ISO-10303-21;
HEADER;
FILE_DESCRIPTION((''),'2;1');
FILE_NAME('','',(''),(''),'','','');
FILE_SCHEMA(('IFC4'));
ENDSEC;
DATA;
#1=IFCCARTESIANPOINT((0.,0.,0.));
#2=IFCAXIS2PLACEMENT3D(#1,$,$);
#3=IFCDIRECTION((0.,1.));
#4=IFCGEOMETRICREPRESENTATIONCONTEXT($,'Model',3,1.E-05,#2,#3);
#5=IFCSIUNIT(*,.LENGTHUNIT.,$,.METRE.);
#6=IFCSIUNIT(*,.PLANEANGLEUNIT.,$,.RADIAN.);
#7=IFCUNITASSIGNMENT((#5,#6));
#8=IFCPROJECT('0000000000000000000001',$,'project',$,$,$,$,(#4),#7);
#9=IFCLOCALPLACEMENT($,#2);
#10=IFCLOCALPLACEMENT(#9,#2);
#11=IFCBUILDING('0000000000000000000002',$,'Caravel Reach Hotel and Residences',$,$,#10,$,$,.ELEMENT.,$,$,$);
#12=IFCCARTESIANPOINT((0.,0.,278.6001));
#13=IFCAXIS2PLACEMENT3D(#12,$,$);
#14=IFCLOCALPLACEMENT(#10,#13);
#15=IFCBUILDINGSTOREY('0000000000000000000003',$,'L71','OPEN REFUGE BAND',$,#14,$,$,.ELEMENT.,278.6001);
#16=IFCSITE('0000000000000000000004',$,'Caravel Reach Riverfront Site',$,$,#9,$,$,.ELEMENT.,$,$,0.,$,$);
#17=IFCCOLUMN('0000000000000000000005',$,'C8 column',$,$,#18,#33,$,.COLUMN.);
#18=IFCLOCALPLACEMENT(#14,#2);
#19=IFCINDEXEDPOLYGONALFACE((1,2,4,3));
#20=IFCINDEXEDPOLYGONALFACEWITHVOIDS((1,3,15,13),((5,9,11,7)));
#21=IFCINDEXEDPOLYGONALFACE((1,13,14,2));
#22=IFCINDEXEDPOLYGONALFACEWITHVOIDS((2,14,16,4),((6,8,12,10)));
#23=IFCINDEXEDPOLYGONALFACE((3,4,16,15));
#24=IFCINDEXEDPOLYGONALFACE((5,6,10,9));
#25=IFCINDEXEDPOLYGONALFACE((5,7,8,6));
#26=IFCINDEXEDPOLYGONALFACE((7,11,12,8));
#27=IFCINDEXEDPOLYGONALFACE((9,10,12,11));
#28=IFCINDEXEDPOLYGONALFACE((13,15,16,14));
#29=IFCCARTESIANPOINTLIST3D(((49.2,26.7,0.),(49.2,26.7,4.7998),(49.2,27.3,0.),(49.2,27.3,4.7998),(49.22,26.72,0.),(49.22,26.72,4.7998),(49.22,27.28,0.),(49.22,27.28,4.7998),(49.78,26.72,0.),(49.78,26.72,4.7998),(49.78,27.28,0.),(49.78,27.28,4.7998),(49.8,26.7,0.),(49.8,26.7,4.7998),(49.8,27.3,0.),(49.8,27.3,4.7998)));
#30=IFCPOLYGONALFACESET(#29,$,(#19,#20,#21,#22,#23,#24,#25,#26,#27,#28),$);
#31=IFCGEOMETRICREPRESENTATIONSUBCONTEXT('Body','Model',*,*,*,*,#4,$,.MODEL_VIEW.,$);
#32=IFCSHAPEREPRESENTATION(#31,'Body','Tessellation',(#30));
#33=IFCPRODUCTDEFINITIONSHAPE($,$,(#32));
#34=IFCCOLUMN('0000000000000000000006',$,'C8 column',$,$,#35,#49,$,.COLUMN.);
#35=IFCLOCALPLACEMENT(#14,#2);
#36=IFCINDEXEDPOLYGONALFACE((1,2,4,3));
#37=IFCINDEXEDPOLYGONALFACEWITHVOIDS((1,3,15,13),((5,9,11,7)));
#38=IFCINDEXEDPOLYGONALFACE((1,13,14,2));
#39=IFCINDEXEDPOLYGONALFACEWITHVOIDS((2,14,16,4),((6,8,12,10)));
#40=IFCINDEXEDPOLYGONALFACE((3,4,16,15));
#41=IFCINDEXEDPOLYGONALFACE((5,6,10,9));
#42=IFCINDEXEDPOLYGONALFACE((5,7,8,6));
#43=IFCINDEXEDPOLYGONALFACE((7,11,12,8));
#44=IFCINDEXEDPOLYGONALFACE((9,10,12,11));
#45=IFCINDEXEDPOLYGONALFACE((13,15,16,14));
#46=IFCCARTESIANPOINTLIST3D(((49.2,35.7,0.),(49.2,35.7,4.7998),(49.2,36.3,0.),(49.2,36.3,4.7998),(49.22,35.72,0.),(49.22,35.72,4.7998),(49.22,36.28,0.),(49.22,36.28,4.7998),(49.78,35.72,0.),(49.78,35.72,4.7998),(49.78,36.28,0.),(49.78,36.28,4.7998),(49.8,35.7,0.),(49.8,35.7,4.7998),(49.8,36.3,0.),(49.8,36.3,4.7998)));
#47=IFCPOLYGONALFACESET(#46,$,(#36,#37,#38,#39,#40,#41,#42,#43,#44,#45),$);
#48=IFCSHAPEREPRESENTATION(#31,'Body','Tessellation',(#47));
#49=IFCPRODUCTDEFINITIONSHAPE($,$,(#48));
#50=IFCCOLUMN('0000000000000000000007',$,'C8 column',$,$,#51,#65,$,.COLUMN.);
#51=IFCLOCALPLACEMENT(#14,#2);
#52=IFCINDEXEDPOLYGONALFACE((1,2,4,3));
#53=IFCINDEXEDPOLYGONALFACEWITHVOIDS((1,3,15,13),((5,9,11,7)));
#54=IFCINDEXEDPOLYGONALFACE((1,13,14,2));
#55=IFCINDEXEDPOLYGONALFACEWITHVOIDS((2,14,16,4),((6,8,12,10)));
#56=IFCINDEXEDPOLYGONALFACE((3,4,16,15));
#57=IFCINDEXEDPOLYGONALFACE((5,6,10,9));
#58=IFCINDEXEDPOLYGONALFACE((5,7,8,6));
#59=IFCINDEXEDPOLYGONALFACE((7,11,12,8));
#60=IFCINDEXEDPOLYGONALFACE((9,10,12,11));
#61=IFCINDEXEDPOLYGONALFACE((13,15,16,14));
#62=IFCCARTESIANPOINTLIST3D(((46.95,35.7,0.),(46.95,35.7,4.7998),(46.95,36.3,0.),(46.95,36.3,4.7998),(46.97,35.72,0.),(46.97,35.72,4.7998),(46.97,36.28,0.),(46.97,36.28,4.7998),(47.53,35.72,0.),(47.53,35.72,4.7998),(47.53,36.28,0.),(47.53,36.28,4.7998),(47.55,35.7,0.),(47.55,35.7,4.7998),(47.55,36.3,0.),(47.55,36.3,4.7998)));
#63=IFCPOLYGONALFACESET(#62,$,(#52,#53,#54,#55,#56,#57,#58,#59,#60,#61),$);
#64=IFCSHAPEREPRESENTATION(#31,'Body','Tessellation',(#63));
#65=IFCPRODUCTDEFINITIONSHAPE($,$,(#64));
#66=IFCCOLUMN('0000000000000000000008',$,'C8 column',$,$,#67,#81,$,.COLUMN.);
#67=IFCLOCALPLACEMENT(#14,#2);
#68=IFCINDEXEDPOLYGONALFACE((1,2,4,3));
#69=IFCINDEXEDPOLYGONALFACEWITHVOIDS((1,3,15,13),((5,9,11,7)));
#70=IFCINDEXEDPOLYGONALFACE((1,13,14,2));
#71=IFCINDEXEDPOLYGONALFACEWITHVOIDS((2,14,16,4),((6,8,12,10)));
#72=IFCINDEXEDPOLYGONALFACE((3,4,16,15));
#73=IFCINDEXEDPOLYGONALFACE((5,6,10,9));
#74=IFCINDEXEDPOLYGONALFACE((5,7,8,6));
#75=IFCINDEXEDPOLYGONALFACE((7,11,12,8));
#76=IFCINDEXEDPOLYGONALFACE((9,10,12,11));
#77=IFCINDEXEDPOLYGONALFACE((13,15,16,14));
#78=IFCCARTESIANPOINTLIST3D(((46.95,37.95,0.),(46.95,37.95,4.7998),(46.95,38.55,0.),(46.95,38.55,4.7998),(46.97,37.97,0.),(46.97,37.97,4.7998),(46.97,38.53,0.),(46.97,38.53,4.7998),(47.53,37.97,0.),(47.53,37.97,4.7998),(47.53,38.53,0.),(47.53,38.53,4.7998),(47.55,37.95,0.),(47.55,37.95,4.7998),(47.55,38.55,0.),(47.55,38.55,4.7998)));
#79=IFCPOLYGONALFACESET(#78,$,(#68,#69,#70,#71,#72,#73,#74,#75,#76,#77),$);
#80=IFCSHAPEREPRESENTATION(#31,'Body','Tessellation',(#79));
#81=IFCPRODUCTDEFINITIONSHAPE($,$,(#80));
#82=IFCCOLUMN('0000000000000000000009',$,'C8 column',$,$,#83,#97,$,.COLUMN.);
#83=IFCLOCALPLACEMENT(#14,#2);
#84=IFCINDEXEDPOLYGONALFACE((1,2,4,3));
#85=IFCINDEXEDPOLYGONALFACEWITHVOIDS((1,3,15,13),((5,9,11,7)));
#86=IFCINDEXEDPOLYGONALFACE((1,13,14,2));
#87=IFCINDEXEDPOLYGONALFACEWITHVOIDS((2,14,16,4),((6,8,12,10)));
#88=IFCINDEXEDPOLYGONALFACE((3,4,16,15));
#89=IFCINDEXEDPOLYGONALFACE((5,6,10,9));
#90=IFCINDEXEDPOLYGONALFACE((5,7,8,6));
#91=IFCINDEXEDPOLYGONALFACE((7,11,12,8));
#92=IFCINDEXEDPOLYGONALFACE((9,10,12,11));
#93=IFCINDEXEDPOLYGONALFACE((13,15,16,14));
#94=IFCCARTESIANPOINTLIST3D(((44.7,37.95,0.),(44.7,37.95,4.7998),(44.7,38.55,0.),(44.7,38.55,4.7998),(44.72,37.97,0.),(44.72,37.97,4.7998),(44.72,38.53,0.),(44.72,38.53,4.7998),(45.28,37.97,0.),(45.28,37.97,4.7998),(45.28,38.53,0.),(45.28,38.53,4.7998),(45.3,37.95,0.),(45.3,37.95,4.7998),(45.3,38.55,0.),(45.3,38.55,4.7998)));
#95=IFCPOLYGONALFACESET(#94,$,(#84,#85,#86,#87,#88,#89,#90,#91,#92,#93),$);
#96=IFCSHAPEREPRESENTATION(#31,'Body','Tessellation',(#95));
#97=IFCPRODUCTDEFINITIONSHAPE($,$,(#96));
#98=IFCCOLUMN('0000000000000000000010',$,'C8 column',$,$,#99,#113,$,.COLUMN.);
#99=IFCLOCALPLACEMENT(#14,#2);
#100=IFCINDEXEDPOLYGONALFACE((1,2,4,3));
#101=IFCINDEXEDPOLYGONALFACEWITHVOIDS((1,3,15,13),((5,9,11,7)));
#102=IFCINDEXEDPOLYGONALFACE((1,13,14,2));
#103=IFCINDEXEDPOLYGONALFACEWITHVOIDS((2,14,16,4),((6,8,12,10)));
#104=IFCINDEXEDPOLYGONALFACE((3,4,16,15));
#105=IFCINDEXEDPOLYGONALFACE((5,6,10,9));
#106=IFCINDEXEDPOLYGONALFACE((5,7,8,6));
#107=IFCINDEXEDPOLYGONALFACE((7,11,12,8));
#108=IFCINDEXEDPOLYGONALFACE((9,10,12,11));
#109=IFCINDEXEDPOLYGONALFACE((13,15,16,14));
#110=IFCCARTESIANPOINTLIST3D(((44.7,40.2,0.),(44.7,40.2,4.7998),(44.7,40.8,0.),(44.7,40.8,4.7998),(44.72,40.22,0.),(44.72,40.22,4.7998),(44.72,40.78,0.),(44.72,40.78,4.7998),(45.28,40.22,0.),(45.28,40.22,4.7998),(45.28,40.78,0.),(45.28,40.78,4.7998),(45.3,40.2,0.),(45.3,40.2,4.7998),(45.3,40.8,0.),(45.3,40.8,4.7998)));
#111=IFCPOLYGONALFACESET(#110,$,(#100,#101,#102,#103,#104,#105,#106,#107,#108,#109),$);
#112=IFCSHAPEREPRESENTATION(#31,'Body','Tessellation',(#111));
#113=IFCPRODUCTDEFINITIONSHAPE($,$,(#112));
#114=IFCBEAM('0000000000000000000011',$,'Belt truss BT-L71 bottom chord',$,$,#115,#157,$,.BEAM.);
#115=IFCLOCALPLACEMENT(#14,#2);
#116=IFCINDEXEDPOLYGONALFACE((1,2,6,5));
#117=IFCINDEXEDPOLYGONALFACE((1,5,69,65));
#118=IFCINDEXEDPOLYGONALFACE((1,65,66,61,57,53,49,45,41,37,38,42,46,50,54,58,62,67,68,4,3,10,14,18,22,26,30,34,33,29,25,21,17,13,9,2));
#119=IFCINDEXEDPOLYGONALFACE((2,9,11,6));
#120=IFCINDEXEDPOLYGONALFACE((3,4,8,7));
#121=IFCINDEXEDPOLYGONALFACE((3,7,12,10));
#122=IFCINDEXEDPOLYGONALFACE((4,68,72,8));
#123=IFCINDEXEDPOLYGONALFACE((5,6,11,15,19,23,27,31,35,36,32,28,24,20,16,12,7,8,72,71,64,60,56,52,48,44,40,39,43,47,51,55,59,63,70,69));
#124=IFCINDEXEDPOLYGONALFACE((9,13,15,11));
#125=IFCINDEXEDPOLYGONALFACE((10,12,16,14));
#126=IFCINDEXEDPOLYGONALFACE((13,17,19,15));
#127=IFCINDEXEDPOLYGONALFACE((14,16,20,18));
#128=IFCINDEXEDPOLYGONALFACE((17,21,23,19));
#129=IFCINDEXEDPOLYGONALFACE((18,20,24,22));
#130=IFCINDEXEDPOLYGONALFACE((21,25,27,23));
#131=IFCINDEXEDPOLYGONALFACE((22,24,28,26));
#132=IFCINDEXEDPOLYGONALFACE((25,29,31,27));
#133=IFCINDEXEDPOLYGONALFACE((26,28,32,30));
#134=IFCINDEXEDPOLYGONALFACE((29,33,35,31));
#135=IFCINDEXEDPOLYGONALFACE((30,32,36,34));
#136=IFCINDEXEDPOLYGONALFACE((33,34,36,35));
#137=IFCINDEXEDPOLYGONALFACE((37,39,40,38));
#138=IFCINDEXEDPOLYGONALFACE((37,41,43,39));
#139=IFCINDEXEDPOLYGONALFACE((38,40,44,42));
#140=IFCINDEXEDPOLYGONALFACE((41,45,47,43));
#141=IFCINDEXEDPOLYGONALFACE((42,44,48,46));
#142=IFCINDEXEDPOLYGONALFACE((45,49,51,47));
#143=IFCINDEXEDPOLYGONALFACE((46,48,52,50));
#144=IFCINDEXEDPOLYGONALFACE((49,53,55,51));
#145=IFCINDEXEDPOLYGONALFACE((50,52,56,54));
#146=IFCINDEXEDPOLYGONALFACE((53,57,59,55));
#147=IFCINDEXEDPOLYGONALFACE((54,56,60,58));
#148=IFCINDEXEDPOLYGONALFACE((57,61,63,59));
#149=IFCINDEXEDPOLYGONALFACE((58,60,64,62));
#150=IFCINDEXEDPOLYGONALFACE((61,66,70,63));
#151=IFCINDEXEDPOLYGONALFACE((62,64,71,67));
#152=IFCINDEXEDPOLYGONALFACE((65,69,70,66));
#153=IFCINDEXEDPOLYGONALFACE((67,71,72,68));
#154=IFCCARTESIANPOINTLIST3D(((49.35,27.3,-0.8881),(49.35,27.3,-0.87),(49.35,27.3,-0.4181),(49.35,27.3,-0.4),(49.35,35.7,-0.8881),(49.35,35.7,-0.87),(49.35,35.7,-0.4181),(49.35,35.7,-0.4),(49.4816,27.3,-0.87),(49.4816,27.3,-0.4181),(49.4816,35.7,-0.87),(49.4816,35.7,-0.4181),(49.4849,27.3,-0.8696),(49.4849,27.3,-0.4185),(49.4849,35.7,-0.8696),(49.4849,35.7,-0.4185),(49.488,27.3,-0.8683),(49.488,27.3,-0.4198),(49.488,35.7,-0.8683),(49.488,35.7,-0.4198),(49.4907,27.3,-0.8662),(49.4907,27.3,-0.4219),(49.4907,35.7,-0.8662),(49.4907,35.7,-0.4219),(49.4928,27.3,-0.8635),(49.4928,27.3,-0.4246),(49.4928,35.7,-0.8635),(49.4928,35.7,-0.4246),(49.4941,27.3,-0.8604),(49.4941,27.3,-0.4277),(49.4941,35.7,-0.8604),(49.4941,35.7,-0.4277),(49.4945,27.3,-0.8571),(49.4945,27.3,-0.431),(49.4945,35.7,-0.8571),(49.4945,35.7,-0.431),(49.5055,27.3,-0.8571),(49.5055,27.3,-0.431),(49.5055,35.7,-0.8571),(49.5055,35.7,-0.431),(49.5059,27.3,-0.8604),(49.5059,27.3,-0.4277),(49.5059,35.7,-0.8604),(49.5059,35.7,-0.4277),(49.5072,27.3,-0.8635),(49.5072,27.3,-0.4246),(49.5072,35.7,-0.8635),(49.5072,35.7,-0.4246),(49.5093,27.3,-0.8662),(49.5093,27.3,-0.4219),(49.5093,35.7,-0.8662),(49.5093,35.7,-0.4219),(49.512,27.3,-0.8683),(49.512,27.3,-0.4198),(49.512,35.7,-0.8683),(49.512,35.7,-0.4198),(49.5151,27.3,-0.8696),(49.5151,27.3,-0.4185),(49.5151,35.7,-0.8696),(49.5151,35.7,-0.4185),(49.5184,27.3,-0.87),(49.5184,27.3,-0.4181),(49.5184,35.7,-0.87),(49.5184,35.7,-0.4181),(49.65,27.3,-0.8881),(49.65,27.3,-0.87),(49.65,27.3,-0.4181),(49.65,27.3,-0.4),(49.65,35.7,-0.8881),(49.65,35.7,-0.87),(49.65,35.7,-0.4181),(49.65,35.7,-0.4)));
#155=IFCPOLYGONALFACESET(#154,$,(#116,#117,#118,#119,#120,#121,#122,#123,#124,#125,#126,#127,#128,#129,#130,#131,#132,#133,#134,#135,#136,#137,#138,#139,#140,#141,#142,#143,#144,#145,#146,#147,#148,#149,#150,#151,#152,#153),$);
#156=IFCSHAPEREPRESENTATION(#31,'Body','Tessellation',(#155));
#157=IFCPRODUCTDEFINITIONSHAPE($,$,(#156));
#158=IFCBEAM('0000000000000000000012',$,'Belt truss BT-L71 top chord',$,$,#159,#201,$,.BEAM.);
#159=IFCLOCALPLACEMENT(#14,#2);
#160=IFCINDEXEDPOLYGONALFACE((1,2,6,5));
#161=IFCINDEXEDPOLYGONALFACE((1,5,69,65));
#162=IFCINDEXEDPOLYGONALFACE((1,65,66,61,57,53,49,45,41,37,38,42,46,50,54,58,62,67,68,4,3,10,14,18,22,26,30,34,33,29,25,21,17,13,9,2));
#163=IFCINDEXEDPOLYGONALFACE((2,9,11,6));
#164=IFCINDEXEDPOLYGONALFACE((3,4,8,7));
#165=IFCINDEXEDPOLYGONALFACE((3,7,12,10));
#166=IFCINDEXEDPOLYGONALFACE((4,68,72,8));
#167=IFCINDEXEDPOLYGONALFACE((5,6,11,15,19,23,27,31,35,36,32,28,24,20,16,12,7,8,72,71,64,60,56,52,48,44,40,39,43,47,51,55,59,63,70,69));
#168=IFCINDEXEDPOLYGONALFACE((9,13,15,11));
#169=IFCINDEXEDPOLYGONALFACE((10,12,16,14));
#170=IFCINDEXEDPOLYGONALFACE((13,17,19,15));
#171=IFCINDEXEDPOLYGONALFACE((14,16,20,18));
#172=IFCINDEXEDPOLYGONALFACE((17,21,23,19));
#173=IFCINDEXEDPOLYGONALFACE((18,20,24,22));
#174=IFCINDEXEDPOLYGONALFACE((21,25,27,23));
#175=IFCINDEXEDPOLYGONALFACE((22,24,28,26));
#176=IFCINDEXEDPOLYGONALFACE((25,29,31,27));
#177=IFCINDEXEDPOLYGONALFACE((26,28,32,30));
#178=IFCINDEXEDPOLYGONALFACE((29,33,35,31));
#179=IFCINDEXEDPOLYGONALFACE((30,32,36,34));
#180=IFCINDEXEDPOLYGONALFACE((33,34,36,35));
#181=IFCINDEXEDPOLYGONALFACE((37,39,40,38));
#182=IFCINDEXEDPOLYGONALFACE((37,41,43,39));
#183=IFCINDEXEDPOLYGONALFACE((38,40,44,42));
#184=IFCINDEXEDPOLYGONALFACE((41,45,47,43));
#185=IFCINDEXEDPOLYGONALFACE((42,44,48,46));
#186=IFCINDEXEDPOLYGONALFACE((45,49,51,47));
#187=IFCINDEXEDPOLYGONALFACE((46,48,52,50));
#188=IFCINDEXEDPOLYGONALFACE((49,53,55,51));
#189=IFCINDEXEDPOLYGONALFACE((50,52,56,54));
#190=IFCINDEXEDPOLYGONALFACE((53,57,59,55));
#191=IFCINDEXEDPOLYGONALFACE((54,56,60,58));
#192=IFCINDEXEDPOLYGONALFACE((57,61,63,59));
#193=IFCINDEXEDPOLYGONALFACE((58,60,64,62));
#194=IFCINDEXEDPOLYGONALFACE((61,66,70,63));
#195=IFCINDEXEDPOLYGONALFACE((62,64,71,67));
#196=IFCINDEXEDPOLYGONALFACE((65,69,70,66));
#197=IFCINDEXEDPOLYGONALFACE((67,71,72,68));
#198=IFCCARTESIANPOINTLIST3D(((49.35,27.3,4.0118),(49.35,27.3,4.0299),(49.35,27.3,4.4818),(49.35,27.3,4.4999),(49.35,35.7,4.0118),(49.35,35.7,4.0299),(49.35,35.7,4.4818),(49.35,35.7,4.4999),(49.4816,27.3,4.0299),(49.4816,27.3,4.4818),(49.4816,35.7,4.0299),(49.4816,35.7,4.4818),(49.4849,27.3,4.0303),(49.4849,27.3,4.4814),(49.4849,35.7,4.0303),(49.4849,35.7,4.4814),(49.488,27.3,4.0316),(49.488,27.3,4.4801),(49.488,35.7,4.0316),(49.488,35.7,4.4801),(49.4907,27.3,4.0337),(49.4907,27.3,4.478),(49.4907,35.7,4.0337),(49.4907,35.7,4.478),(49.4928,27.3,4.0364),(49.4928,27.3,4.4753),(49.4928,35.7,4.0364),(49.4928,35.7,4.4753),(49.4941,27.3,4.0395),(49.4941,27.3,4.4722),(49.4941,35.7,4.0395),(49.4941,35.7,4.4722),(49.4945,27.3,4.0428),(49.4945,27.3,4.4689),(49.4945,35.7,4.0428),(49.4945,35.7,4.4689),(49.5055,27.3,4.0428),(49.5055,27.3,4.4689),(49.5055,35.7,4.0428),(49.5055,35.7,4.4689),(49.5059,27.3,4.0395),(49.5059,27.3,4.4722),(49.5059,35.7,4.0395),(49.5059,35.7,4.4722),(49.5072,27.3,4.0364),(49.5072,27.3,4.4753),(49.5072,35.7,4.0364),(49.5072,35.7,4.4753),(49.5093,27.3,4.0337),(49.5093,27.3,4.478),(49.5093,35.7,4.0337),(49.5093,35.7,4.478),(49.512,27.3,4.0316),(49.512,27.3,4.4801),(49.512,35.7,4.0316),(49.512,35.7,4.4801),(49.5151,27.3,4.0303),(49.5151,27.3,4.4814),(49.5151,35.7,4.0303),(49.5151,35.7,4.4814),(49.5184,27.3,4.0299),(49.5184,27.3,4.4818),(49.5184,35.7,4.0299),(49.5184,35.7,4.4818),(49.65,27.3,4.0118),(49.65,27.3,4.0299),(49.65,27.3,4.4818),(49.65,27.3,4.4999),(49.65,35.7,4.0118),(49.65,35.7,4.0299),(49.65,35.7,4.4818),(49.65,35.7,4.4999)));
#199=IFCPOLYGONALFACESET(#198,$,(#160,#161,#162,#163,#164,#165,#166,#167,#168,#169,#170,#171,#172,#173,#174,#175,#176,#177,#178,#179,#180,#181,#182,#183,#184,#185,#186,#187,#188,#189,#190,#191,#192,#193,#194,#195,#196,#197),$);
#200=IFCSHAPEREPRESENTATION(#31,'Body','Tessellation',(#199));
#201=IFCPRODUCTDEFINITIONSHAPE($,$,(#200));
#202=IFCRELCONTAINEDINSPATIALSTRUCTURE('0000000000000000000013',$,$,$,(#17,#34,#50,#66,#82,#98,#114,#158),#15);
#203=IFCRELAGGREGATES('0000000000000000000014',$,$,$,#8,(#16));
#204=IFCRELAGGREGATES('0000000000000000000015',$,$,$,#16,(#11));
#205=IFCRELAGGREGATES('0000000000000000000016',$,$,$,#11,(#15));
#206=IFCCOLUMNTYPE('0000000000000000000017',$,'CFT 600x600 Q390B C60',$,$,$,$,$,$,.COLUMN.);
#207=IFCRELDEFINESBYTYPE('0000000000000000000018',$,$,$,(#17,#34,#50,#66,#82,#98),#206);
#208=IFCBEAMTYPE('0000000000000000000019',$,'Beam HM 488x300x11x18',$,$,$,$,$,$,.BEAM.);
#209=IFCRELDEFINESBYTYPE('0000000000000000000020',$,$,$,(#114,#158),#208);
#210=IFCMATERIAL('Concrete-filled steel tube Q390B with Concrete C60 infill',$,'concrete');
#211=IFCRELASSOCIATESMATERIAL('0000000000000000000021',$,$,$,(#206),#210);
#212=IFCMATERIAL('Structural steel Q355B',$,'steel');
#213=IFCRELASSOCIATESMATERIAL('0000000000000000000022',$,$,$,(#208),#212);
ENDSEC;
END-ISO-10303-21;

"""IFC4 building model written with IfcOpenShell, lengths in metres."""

from ifc_helpers import new_model, si_unit, direction, frame, origin, origin_2d, place, context, subcontext, project, spatial, hollow_rectangle, i_section, extrude, material, material_profile, profile_set, type_object, element, save


model = new_model("IFC4")

# Units and contexts
model_context = context("Model", 3, precision=1e-05, world=origin(), true_north=direction((0.0, 1.0)))
body_context = subcontext(model_context, "Body", "Model", "MODEL_VIEW")
ifc_project = project(units=[si_unit("LENGTHUNIT", "METRE"), si_unit("PLANEANGLEUNIT", "RADIAN")], contexts=[model_context])

# Site, building, storey
site_placement = place(None, origin())
site = spatial("IfcSite", under=ifc_project, at=site_placement, Name="Caravel Reach Riverfront Site", CompositionType="ELEMENT", RefElevation=0.0)
building_placement = place(site_placement, origin())
building = spatial("IfcBuilding", under=site, at=building_placement, Name="Caravel Reach Hotel and Residences", CompositionType="ELEMENT")
storey_placement = place(building_placement, frame((0.0, 0.0, 278.6001)))
storey = spatial("IfcBuildingStorey", under=building, at=storey_placement, Name="L71", Description="OPEN REFUGE BAND", CompositionType="ELEMENT", Elevation=278.6001)

# Columns
ifc_material_1 = material(Name="Concrete-filled steel tube Q390B with Concrete C60 infill", Category="concrete")
ifc_material_profile_1 = material_profile(ifc_material_1, hollow_rectangle(XDim=0.6001, YDim=0.6001, WallThickness=0.02, at=origin_2d()), Name="RHS 600x600x20")
ifc_profile_set_1 = profile_set([ifc_material_profile_1], Name="Concrete-filled steel tube Q390B with Concrete C60 infill")
column_type = type_object("IfcColumnType", Name="CFT 600x600 Q390B C60", PredefinedType="COLUMN", material=ifc_profile_set_1)
for number, where, z_axis, x_axis, name in (
    (1, (49.5, 27.0, 0.0), (0.0, 0.0, 1.0), (1.0, 0.0, 0.0), "C8 column"),
    (2, (49.5, 36.0, 0.0), (0.0, 0.0, 1.0), (1.0, 0.0, 0.0), "C8 column"),
    (3, (47.25, 36.0, 0.0), (0.0, 0.0, 1.0), (1.0, 0.0, 0.0), "C8 column"),
    (4, (47.25, 38.25, 0.0), (0.0, 0.0, 1.0), (1.0, 0.0, 0.0), "C8 column"),
    (5, (45.0, 38.25, 0.0), (0.0, 0.0, 1.0), (1.0, 0.0, 0.0), "C8 column"),
    (6, (45.0, 40.5, 0.0), (0.0, 0.0, 1.0), (1.0, 0.0, 0.0), "C8 column"),
):
    element("IfcColumn", number, at=place(storey_placement, frame(where, z_axis=z_axis, x_axis=x_axis)), inside=storey, type_object=column_type, Name=name, PredefinedType="COLUMN", context=body_context, shape_type="SweptSolid", body=[
        extrude(hollow_rectangle(XDim=0.6001, YDim=0.6001, WallThickness=0.02, at=origin_2d()), origin(), (0.0, 0.0, 1.0), 4.7998),
    ])

# Beams
ifc_material_2 = material(Name="Structural steel Q355B", Category="steel")
ifc_material_profile_2 = material_profile(ifc_material_2, i_section(OverallWidth=0.3, OverallDepth=0.488, WebThickness=0.011, FlangeThickness=0.0181, FilletRadius=0.0129, at=origin_2d()), Name="HM 488x300x11x18")
ifc_profile_set_2 = profile_set([ifc_material_profile_2], Name="Structural steel Q355B")
beam_type = type_object("IfcBeamType", Name="Beam HM 488x300x11x18", PredefinedType="BEAM", material=ifc_profile_set_2)
for number, where, z_axis, x_axis, name in (
    (7, (49.5, 27.3, -0.644), (0.0, 1.0, 0.0), (-1.0, 0.0, 0.0), "Belt truss BT-L71 bottom chord"),
    (8, (49.5, 27.3, 4.2559), (0.0, 1.0, 0.0), (-1.0, 0.0, 0.0), "Belt truss BT-L71 top chord"),
):
    element("IfcBeam", number, at=place(storey_placement, frame(where, z_axis=z_axis, x_axis=x_axis)), inside=storey, type_object=beam_type, Name=name, PredefinedType="BEAM", context=body_context, shape_type="SweptSolid", body=[
        extrude(i_section(OverallWidth=0.3, OverallDepth=0.488, WebThickness=0.011, FlangeThickness=0.0181, FilletRadius=0.0129, at=origin_2d()), origin(), (0.0, 0.0, 1.0), 8.3999),
    ])

save(model, "model.ifc")
